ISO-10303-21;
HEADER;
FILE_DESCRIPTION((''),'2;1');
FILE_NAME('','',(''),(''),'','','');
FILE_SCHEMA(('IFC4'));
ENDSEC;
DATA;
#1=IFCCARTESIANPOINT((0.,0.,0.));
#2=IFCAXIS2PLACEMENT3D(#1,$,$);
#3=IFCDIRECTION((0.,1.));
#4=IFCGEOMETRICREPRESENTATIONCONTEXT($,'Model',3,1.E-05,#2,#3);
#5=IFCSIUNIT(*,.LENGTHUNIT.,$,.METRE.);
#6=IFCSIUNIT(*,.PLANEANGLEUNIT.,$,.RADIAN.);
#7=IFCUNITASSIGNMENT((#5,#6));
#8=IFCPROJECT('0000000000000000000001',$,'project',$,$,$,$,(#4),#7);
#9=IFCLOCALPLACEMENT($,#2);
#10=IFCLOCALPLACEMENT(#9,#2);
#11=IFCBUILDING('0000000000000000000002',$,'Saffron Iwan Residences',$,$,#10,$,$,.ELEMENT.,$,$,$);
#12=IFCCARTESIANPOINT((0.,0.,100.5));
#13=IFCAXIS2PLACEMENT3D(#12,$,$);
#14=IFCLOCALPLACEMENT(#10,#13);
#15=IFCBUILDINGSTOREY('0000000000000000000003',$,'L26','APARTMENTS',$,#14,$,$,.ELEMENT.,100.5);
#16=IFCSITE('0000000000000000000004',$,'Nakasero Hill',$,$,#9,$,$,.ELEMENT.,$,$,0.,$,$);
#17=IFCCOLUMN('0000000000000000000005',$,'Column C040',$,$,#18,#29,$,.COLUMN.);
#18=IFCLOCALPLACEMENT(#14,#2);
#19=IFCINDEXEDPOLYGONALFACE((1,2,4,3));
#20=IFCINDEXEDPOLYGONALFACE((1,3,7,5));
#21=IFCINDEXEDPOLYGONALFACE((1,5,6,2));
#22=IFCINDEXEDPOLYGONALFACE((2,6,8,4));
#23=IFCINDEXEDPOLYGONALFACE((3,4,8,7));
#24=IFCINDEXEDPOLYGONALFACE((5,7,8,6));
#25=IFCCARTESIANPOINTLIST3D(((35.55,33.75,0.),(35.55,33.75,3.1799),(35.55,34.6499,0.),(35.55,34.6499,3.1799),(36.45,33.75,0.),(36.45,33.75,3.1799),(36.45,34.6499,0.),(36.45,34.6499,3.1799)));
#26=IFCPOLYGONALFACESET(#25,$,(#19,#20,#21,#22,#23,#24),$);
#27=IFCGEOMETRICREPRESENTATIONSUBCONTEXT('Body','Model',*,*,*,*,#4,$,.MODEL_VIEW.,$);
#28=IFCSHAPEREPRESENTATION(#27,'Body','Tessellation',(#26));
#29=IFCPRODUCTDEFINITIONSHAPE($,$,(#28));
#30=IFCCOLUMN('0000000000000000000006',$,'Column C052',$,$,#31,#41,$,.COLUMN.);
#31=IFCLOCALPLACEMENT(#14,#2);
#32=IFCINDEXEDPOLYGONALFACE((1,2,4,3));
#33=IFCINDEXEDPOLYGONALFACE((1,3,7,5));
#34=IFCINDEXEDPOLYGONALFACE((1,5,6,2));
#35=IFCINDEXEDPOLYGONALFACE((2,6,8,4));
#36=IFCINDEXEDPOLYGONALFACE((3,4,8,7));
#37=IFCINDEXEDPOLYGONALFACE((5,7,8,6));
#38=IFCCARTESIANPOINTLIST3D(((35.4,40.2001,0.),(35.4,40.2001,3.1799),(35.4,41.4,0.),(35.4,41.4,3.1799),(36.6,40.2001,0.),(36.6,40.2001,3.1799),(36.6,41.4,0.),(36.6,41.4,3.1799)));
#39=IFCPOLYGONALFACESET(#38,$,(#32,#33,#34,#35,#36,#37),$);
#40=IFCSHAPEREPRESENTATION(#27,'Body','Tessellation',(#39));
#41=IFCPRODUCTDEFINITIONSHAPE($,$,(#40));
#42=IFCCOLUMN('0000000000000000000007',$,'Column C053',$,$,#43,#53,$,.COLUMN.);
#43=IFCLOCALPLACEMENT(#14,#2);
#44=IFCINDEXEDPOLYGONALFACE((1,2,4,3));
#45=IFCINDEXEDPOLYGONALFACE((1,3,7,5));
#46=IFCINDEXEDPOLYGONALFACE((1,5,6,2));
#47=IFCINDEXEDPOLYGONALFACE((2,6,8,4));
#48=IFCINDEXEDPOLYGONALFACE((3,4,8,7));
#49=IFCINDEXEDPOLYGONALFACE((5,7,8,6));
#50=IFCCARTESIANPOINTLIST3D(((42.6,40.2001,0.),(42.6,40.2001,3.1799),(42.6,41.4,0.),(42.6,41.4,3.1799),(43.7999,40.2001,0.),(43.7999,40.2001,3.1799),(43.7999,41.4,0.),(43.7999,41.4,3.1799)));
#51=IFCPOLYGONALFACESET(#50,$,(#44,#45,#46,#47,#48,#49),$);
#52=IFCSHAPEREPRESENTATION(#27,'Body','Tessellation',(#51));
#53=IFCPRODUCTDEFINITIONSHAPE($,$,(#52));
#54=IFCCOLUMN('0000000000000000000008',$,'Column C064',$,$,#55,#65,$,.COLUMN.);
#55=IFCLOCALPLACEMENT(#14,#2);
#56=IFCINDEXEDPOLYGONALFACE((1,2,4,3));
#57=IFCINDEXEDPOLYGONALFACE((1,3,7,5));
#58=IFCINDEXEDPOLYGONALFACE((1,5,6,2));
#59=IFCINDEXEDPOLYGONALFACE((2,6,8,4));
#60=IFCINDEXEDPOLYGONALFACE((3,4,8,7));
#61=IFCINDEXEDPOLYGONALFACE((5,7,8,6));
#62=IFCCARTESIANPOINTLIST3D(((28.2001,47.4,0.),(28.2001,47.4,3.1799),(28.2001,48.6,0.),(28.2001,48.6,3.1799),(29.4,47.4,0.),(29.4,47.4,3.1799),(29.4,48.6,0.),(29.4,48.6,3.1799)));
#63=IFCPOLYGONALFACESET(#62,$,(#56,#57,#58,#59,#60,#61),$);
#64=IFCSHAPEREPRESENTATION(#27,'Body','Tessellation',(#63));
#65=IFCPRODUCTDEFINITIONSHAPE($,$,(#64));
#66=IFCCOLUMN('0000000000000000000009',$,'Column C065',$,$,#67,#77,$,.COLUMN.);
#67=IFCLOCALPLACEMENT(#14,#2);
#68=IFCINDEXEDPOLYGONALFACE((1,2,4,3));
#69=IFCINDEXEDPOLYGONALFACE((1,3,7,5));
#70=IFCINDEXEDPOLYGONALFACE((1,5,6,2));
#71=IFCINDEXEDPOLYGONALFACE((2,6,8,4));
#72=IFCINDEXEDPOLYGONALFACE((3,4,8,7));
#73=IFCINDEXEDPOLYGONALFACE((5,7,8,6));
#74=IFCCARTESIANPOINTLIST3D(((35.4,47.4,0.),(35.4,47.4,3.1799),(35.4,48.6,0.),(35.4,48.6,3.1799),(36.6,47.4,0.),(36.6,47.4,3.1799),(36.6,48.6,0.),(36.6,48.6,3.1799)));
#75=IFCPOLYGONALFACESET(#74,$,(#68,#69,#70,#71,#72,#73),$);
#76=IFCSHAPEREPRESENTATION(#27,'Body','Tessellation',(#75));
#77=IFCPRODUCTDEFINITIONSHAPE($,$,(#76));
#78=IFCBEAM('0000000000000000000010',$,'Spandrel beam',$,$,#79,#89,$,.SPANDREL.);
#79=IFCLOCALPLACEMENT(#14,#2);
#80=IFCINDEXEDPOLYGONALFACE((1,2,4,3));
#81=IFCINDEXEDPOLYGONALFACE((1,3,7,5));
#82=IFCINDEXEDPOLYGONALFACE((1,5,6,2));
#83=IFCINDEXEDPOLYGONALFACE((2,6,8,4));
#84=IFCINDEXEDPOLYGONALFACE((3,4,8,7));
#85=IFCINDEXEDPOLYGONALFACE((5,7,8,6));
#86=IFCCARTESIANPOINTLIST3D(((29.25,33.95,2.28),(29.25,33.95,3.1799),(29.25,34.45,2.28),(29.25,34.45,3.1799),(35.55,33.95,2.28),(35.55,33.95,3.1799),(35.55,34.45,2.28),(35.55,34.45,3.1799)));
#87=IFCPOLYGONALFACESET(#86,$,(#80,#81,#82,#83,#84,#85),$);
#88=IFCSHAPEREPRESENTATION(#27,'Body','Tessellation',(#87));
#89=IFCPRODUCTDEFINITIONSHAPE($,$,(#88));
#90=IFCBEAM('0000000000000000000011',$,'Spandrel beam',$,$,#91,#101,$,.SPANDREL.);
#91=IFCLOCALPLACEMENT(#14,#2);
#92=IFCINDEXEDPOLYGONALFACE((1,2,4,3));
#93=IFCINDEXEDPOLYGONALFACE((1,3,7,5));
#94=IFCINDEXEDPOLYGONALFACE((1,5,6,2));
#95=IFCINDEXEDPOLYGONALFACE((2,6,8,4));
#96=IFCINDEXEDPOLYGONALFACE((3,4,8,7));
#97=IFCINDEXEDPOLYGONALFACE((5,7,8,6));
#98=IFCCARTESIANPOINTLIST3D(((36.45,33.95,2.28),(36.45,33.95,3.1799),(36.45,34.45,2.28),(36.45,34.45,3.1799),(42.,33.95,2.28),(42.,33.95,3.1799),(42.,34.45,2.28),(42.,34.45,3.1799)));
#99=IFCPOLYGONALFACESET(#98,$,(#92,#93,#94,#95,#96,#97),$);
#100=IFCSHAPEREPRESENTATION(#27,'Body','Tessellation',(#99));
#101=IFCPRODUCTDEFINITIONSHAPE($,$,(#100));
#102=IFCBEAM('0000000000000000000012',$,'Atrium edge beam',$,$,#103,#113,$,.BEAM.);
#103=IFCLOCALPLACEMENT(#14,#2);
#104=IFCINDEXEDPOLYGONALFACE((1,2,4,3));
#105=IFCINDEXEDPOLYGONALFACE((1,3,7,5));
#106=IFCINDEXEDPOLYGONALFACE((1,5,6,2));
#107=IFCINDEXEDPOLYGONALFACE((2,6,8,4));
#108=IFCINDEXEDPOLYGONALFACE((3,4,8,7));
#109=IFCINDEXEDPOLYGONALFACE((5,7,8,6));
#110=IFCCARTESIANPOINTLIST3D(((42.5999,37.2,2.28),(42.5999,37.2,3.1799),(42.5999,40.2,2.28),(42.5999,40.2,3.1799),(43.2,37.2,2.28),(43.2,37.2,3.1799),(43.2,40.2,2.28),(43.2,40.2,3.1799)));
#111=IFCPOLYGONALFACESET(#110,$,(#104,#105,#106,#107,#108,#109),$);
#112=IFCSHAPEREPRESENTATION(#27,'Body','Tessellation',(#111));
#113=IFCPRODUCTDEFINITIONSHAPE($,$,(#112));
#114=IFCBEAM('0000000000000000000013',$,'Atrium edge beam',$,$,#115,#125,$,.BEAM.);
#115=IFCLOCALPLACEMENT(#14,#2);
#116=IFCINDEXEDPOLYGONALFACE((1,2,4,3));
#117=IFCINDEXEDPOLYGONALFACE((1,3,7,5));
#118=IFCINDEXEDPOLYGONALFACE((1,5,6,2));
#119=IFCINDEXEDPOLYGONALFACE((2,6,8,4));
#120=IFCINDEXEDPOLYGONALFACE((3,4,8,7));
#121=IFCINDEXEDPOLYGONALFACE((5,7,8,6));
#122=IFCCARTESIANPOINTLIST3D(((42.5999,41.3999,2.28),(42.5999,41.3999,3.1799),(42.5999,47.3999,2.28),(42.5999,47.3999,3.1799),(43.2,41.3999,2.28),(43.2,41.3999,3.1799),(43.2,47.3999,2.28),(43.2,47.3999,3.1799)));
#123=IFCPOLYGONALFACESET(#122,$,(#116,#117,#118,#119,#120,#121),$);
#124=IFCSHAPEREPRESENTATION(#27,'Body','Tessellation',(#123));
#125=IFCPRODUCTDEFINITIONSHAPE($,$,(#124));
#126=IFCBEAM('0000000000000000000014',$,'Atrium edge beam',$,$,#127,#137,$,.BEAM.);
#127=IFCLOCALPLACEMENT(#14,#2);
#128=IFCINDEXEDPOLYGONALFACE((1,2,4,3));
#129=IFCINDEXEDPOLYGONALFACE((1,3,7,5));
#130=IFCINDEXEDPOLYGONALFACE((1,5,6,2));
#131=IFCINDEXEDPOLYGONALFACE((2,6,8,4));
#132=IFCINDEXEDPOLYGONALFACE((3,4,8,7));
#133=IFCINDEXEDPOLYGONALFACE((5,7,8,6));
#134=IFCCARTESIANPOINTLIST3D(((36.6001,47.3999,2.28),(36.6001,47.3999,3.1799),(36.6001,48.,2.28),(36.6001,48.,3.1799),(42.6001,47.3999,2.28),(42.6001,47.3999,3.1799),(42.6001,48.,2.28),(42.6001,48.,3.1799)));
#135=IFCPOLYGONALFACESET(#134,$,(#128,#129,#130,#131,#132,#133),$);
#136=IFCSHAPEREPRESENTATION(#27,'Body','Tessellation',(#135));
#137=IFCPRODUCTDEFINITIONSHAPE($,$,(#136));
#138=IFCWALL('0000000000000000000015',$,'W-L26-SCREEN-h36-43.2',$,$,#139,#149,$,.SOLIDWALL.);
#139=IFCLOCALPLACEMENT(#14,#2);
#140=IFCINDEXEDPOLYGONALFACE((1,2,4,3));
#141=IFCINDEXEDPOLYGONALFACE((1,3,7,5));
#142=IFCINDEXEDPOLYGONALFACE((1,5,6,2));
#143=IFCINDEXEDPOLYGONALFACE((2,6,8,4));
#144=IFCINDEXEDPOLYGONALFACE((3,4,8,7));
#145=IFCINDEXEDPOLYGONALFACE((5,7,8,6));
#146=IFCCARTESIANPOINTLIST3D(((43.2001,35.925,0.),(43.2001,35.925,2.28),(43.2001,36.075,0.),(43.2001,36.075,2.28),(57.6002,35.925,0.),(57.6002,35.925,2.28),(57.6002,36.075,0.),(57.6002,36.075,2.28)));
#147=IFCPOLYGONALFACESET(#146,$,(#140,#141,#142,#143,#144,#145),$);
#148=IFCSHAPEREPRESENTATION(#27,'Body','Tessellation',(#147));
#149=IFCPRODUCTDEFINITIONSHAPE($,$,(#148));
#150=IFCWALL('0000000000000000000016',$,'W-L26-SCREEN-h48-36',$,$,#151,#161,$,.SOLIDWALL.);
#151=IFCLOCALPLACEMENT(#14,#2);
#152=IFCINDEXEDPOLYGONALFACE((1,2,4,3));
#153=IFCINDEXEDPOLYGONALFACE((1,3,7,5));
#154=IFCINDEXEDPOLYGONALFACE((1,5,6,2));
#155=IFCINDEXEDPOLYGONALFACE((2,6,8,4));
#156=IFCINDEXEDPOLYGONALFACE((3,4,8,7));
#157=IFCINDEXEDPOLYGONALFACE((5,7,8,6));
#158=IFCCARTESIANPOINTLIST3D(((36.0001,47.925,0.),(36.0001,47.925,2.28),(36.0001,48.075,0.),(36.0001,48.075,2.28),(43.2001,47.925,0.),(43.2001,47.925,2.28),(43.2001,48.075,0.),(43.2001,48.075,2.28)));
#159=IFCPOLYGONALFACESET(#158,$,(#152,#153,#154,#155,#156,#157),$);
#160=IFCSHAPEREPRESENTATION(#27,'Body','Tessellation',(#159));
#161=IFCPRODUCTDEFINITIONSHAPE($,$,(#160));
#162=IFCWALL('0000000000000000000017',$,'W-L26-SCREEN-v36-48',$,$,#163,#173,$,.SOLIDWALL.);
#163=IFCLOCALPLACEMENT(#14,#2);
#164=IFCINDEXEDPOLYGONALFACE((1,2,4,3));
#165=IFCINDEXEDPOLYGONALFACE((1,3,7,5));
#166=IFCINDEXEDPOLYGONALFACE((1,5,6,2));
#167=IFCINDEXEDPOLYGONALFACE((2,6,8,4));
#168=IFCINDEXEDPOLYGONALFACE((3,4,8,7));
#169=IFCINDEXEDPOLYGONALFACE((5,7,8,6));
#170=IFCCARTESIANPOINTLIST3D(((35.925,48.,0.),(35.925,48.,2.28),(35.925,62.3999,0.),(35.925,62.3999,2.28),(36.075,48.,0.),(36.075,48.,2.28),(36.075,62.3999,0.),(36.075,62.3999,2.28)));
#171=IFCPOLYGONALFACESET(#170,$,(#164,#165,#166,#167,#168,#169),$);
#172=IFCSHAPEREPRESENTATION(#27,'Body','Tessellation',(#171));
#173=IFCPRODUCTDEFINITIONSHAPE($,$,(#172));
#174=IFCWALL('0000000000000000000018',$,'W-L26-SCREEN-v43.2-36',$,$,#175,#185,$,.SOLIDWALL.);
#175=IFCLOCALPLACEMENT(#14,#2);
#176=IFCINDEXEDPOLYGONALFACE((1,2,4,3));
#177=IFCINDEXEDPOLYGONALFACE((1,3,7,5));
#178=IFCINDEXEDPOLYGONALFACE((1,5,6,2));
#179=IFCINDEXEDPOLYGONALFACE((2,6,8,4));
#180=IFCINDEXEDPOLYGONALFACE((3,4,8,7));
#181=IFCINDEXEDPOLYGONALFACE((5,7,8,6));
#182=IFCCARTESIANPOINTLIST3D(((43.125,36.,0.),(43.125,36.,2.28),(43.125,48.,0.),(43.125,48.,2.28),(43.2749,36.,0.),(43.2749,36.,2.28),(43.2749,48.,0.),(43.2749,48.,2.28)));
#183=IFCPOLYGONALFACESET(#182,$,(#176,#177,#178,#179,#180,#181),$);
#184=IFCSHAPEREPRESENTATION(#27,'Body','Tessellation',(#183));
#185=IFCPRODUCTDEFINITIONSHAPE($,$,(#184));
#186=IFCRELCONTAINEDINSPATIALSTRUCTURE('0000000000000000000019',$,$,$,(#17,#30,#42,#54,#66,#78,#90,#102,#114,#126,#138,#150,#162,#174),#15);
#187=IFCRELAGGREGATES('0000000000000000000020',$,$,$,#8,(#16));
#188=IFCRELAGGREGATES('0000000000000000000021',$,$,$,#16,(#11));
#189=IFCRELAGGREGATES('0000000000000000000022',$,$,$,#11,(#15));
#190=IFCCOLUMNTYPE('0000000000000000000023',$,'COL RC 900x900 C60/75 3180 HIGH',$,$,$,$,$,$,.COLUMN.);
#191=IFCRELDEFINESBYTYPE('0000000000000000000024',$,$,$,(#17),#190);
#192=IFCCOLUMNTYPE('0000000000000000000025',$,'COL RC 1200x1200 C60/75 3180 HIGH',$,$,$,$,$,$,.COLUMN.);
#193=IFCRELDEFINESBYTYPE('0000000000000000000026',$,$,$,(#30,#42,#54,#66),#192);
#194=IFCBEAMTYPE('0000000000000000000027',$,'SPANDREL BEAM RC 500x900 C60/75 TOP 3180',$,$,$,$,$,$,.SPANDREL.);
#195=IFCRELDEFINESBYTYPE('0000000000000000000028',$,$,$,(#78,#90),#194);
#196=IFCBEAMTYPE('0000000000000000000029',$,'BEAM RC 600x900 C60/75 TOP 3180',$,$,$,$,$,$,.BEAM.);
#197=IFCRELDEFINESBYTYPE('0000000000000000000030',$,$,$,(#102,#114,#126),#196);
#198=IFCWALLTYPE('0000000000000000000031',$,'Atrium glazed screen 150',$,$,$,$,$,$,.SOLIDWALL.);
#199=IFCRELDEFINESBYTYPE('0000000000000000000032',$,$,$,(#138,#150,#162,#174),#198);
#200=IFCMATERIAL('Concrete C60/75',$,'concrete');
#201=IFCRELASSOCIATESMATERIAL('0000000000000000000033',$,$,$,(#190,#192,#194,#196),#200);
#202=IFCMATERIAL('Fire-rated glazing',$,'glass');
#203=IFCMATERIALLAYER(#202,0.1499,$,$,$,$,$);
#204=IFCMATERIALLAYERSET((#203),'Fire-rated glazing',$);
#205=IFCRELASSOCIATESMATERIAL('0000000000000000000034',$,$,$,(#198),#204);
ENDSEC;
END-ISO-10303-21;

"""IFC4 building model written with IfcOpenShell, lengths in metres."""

from ifc_helpers import new_model, si_unit, direction, frame, frame_2d, origin, origin_2d, place, context, subcontext, project, spatial, rectangle, extrude, source, transform, mapped, material, layer, layer_set, material_profile, profile_set, type_object, element, save


model = new_model("IFC4")

# Units and contexts
model_context = context("Model", 3, precision=1e-05, world=origin(), true_north=direction((0.0, 1.0)))
body_context = subcontext(model_context, "Body", "Model", "MODEL_VIEW")
ifc_project = project(units=[si_unit("LENGTHUNIT", "METRE"), si_unit("PLANEANGLEUNIT", "RADIAN")], contexts=[model_context])

# Site, building, storey
site_placement = place(None, origin())
site = spatial("IfcSite", under=ifc_project, at=site_placement, Name="Nakasero Hill", CompositionType="ELEMENT", RefElevation=0.0)
building_placement = place(site_placement, origin())
building = spatial("IfcBuilding", under=site, at=building_placement, Name="Saffron Iwan Residences", CompositionType="ELEMENT")
storey_placement = place(building_placement, frame((0.0, 0.0, 100.5)))
storey = spatial("IfcBuildingStorey", under=building, at=storey_placement, Name="L26", Description="APARTMENTS", CompositionType="ELEMENT", Elevation=100.5)

# Columns
ifc_material_1 = material(Name="Concrete C60/75", Category="concrete")
ifc_material_profile_1 = material_profile(ifc_material_1, rectangle(XDim=0.8999, YDim=0.8999, at=origin_2d()), Name="RC 900x900")
ifc_profile_set_1 = profile_set([ifc_material_profile_1], Name="Concrete C60/75")
column_type_1 = type_object("IfcColumnType", Name="COL RC 900x900 C60/75 3180 HIGH", PredefinedType="COLUMN", material=ifc_profile_set_1)
shared_shape_1 = source(origin(), body_context, "Body", "SweptSolid", [
    extrude(rectangle(XDim=0.8999, YDim=0.8999, at=origin_2d()), origin(), (0.0, 0.0, 1.0), 3.1799),
])
column_placement = place(storey_placement, frame((36.0, 34.2, 0.0), z_axis=(0.0, 0.0, 1.0), x_axis=(1.0, 0.0, 0.0)))
element("IfcColumn", 1, at=column_placement, inside=storey, type_object=column_type_1, Name="Column C040", PredefinedType="COLUMN", context=body_context, shape_type="MappedRepresentation", body=[
    mapped(shared_shape_1, transform((0.0, 0.0, 0.0))),
])
ifc_material_profile_2 = material_profile(ifc_material_1, rectangle(XDim=1.2, YDim=1.2, at=origin_2d()), Name="RC 1200x1200")
ifc_profile_set_2 = profile_set([ifc_material_profile_2], Name="Concrete C60/75")
column_type_2 = type_object("IfcColumnType", Name="COL RC 1200x1200 C60/75 3180 HIGH", PredefinedType="COLUMN", material=ifc_profile_set_2)
shared_shape_2 = source(origin(), body_context, "Body", "SweptSolid", [
    extrude(rectangle(XDim=1.2, YDim=1.2, at=origin_2d()), origin(), (0.0, 0.0, 1.0), 3.1799),
])
for number, where, z_axis, x_axis, name in (
    (2, (36.0, 40.8, 0.0), (0.0, 0.0, 1.0), (1.0, 0.0, 0.0), "Column C052"),
    (3, (43.2, 40.8, 0.0), (0.0, 0.0, 1.0), (1.0, 0.0, 0.0), "Column C053"),
    (4, (28.8, 48.0, 0.0), (0.0, 0.0, 1.0), (1.0, 0.0, 0.0), "Column C064"),
    (5, (36.0, 48.0, 0.0), (0.0, 0.0, 1.0), (1.0, 0.0, 0.0), "Column C065"),
):
    element("IfcColumn", number, at=place(storey_placement, frame(where, z_axis=z_axis, x_axis=x_axis)), inside=storey, type_object=column_type_2, Name=name, PredefinedType="COLUMN", context=body_context, shape_type="MappedRepresentation", body=[
        mapped(shared_shape_2, transform((0.0, 0.0, 0.0))),
    ])

# Beams
ifc_material_profile_3 = material_profile(ifc_material_1, rectangle(XDim=0.5, YDim=0.8999, at=origin_2d()), Name="RC 500x900")
ifc_profile_set_3 = profile_set([ifc_material_profile_3], Name="Concrete C60/75")
beam_type_1 = type_object("IfcBeamType", Name="SPANDREL BEAM RC 500x900 C60/75 TOP 3180", PredefinedType="SPANDREL", material=ifc_profile_set_3)
shared_shape_3 = source(origin(), body_context, "Body", "SweptSolid", [
    extrude(rectangle(XDim=0.5, YDim=0.8999, at=origin_2d()), origin(), (0.0, 0.0, 1.0), 6.3),
])
beam_1_placement = place(storey_placement, frame((35.55, 34.2, 2.73), z_axis=(-1.0, 0.0, 0.0), x_axis=(0.0, -1.0, 0.0)))
element("IfcBeam", 6, at=beam_1_placement, inside=storey, type_object=beam_type_1, Name="Spandrel beam", PredefinedType="SPANDREL", context=body_context, shape_type="MappedRepresentation", body=[
    mapped(shared_shape_3, transform((0.0, 0.0, 0.0))),
])
shared_shape_4 = source(origin(), body_context, "Body", "SweptSolid", [
    extrude(rectangle(XDim=0.5, YDim=0.8999, at=origin_2d()), origin(), (0.0, 0.0, 1.0), 5.55),
])
beam_2_placement = place(storey_placement, frame((42.0, 34.2, 2.73), z_axis=(-1.0, 0.0, 0.0), x_axis=(0.0, -1.0, 0.0)))
element("IfcBeam", 7, at=beam_2_placement, inside=storey, type_object=beam_type_1, Name="Spandrel beam", PredefinedType="SPANDREL", context=body_context, shape_type="MappedRepresentation", body=[
    mapped(shared_shape_4, transform((0.0, 0.0, 0.0))),
])
ifc_material_profile_4 = material_profile(ifc_material_1, rectangle(XDim=0.6001, YDim=0.8999, at=origin_2d()), Name="RC 600x900")
ifc_profile_set_4 = profile_set([ifc_material_profile_4], Name="Concrete C60/75")
beam_type_2 = type_object("IfcBeamType", Name="BEAM RC 600x900 C60/75 TOP 3180", PredefinedType="BEAM", material=ifc_profile_set_4)
shared_shape_5 = source(origin(), body_context, "Body", "SweptSolid", [
    extrude(rectangle(XDim=0.6001, YDim=0.8999, at=origin_2d()), origin(), (0.0, 0.0, 1.0), 3.0),
])
beam_3_placement = place(storey_placement, frame((42.8999, 37.2, 2.73), z_axis=(0.0, 1.0, 0.0), x_axis=(-1.0, 0.0, 0.0)))
element("IfcBeam", 8, at=beam_3_placement, inside=storey, type_object=beam_type_2, Name="Atrium edge beam", PredefinedType="BEAM", context=body_context, shape_type="MappedRepresentation", body=[
    mapped(shared_shape_5, transform((0.0, 0.0, 0.0))),
])
shared_shape_6 = source(origin(), body_context, "Body", "SweptSolid", [
    extrude(rectangle(XDim=0.6001, YDim=0.8999, at=origin_2d()), origin(), (0.0, 0.0, 1.0), 6.0),
])
for number, where, z_axis, x_axis, name in (
    (9, (42.8999, 41.3999, 2.73), (0.0, 1.0, 0.0), (-1.0, 0.0, 0.0), "Atrium edge beam"),
    (10, (42.6001, 47.7, 2.73), (-1.0, 0.0, 0.0), (0.0, -1.0, 0.0), "Atrium edge beam"),
):
    element("IfcBeam", number, at=place(storey_placement, frame(where, z_axis=z_axis, x_axis=x_axis)), inside=storey, type_object=beam_type_2, Name=name, PredefinedType="BEAM", context=body_context, shape_type="MappedRepresentation", body=[
        mapped(shared_shape_6, transform((0.0, 0.0, 0.0))),
    ])

# Walls
ifc_material_2 = material(Name="Fire-rated glazing", Category="glass")
ifc_layer_1 = layer(ifc_material_2, 0.1499)
ifc_layer_set_1 = layer_set([ifc_layer_1], Name="Fire-rated glazing")
wall_type_1 = type_object("IfcWallType", Name="Atrium glazed screen 150", PredefinedType="SOLIDWALL", material=ifc_layer_set_1)
wall_1_placement = place(storey_placement, frame((43.2, 36.0, 0.0), z_axis=(0.0, 0.0, 1.0), x_axis=(1.0, 0.0, 0.0)))
element("IfcWall", 11, at=wall_1_placement, inside=storey, type_object=wall_type_1, Name="W-L26-SCREEN-h36-43.2", PredefinedType="SOLIDWALL", context=body_context, shape_type="SweptSolid", body=[
    extrude(rectangle(XDim=14.4001, YDim=0.1499, at=frame_2d((7.2002, 0.0))), origin(), (0.0, 0.0, 1.0), 2.28),
])
wall_2_placement = place(storey_placement, frame((36.0, 48.0, 0.0), z_axis=(0.0, 0.0, 1.0), x_axis=(1.0, 0.0, 0.0)))
element("IfcWall", 12, at=wall_2_placement, inside=storey, type_object=wall_type_1, Name="W-L26-SCREEN-h48-36", PredefinedType="SOLIDWALL", context=body_context, shape_type="SweptSolid", body=[
    extrude(rectangle(XDim=7.2, YDim=0.1499, at=frame_2d((3.6001, 0.0))), origin(), (0.0, 0.0, 1.0), 2.28),
])
wall_3_placement = place(storey_placement, frame((36.0, 48.0, 0.0), z_axis=(0.0, 0.0, 1.0), x_axis=(0.0, 1.0, 0.0)))
element("IfcWall", 13, at=wall_3_placement, inside=storey, type_object=wall_type_1, Name="W-L26-SCREEN-v36-48", PredefinedType="SOLIDWALL", context=body_context, shape_type="SweptSolid", body=[
    extrude(rectangle(XDim=14.3999, YDim=0.1499, at=frame_2d((7.2, 0.0))), origin(), (0.0, 0.0, 1.0), 2.28),
])
wall_4_placement = place(storey_placement, frame((43.2, 36.0, 0.0), z_axis=(0.0, 0.0, 1.0), x_axis=(0.0, 1.0, 0.0)))
element("IfcWall", 14, at=wall_4_placement, inside=storey, type_object=wall_type_1, Name="W-L26-SCREEN-v43.2-36", PredefinedType="SOLIDWALL", context=body_context, shape_type="SweptSolid", body=[
    extrude(rectangle(XDim=12.0, YDim=0.1499, at=frame_2d((6.0, 0.0))), origin(), (0.0, 0.0, 1.0), 2.28),
])

save(model, "model.ifc")
